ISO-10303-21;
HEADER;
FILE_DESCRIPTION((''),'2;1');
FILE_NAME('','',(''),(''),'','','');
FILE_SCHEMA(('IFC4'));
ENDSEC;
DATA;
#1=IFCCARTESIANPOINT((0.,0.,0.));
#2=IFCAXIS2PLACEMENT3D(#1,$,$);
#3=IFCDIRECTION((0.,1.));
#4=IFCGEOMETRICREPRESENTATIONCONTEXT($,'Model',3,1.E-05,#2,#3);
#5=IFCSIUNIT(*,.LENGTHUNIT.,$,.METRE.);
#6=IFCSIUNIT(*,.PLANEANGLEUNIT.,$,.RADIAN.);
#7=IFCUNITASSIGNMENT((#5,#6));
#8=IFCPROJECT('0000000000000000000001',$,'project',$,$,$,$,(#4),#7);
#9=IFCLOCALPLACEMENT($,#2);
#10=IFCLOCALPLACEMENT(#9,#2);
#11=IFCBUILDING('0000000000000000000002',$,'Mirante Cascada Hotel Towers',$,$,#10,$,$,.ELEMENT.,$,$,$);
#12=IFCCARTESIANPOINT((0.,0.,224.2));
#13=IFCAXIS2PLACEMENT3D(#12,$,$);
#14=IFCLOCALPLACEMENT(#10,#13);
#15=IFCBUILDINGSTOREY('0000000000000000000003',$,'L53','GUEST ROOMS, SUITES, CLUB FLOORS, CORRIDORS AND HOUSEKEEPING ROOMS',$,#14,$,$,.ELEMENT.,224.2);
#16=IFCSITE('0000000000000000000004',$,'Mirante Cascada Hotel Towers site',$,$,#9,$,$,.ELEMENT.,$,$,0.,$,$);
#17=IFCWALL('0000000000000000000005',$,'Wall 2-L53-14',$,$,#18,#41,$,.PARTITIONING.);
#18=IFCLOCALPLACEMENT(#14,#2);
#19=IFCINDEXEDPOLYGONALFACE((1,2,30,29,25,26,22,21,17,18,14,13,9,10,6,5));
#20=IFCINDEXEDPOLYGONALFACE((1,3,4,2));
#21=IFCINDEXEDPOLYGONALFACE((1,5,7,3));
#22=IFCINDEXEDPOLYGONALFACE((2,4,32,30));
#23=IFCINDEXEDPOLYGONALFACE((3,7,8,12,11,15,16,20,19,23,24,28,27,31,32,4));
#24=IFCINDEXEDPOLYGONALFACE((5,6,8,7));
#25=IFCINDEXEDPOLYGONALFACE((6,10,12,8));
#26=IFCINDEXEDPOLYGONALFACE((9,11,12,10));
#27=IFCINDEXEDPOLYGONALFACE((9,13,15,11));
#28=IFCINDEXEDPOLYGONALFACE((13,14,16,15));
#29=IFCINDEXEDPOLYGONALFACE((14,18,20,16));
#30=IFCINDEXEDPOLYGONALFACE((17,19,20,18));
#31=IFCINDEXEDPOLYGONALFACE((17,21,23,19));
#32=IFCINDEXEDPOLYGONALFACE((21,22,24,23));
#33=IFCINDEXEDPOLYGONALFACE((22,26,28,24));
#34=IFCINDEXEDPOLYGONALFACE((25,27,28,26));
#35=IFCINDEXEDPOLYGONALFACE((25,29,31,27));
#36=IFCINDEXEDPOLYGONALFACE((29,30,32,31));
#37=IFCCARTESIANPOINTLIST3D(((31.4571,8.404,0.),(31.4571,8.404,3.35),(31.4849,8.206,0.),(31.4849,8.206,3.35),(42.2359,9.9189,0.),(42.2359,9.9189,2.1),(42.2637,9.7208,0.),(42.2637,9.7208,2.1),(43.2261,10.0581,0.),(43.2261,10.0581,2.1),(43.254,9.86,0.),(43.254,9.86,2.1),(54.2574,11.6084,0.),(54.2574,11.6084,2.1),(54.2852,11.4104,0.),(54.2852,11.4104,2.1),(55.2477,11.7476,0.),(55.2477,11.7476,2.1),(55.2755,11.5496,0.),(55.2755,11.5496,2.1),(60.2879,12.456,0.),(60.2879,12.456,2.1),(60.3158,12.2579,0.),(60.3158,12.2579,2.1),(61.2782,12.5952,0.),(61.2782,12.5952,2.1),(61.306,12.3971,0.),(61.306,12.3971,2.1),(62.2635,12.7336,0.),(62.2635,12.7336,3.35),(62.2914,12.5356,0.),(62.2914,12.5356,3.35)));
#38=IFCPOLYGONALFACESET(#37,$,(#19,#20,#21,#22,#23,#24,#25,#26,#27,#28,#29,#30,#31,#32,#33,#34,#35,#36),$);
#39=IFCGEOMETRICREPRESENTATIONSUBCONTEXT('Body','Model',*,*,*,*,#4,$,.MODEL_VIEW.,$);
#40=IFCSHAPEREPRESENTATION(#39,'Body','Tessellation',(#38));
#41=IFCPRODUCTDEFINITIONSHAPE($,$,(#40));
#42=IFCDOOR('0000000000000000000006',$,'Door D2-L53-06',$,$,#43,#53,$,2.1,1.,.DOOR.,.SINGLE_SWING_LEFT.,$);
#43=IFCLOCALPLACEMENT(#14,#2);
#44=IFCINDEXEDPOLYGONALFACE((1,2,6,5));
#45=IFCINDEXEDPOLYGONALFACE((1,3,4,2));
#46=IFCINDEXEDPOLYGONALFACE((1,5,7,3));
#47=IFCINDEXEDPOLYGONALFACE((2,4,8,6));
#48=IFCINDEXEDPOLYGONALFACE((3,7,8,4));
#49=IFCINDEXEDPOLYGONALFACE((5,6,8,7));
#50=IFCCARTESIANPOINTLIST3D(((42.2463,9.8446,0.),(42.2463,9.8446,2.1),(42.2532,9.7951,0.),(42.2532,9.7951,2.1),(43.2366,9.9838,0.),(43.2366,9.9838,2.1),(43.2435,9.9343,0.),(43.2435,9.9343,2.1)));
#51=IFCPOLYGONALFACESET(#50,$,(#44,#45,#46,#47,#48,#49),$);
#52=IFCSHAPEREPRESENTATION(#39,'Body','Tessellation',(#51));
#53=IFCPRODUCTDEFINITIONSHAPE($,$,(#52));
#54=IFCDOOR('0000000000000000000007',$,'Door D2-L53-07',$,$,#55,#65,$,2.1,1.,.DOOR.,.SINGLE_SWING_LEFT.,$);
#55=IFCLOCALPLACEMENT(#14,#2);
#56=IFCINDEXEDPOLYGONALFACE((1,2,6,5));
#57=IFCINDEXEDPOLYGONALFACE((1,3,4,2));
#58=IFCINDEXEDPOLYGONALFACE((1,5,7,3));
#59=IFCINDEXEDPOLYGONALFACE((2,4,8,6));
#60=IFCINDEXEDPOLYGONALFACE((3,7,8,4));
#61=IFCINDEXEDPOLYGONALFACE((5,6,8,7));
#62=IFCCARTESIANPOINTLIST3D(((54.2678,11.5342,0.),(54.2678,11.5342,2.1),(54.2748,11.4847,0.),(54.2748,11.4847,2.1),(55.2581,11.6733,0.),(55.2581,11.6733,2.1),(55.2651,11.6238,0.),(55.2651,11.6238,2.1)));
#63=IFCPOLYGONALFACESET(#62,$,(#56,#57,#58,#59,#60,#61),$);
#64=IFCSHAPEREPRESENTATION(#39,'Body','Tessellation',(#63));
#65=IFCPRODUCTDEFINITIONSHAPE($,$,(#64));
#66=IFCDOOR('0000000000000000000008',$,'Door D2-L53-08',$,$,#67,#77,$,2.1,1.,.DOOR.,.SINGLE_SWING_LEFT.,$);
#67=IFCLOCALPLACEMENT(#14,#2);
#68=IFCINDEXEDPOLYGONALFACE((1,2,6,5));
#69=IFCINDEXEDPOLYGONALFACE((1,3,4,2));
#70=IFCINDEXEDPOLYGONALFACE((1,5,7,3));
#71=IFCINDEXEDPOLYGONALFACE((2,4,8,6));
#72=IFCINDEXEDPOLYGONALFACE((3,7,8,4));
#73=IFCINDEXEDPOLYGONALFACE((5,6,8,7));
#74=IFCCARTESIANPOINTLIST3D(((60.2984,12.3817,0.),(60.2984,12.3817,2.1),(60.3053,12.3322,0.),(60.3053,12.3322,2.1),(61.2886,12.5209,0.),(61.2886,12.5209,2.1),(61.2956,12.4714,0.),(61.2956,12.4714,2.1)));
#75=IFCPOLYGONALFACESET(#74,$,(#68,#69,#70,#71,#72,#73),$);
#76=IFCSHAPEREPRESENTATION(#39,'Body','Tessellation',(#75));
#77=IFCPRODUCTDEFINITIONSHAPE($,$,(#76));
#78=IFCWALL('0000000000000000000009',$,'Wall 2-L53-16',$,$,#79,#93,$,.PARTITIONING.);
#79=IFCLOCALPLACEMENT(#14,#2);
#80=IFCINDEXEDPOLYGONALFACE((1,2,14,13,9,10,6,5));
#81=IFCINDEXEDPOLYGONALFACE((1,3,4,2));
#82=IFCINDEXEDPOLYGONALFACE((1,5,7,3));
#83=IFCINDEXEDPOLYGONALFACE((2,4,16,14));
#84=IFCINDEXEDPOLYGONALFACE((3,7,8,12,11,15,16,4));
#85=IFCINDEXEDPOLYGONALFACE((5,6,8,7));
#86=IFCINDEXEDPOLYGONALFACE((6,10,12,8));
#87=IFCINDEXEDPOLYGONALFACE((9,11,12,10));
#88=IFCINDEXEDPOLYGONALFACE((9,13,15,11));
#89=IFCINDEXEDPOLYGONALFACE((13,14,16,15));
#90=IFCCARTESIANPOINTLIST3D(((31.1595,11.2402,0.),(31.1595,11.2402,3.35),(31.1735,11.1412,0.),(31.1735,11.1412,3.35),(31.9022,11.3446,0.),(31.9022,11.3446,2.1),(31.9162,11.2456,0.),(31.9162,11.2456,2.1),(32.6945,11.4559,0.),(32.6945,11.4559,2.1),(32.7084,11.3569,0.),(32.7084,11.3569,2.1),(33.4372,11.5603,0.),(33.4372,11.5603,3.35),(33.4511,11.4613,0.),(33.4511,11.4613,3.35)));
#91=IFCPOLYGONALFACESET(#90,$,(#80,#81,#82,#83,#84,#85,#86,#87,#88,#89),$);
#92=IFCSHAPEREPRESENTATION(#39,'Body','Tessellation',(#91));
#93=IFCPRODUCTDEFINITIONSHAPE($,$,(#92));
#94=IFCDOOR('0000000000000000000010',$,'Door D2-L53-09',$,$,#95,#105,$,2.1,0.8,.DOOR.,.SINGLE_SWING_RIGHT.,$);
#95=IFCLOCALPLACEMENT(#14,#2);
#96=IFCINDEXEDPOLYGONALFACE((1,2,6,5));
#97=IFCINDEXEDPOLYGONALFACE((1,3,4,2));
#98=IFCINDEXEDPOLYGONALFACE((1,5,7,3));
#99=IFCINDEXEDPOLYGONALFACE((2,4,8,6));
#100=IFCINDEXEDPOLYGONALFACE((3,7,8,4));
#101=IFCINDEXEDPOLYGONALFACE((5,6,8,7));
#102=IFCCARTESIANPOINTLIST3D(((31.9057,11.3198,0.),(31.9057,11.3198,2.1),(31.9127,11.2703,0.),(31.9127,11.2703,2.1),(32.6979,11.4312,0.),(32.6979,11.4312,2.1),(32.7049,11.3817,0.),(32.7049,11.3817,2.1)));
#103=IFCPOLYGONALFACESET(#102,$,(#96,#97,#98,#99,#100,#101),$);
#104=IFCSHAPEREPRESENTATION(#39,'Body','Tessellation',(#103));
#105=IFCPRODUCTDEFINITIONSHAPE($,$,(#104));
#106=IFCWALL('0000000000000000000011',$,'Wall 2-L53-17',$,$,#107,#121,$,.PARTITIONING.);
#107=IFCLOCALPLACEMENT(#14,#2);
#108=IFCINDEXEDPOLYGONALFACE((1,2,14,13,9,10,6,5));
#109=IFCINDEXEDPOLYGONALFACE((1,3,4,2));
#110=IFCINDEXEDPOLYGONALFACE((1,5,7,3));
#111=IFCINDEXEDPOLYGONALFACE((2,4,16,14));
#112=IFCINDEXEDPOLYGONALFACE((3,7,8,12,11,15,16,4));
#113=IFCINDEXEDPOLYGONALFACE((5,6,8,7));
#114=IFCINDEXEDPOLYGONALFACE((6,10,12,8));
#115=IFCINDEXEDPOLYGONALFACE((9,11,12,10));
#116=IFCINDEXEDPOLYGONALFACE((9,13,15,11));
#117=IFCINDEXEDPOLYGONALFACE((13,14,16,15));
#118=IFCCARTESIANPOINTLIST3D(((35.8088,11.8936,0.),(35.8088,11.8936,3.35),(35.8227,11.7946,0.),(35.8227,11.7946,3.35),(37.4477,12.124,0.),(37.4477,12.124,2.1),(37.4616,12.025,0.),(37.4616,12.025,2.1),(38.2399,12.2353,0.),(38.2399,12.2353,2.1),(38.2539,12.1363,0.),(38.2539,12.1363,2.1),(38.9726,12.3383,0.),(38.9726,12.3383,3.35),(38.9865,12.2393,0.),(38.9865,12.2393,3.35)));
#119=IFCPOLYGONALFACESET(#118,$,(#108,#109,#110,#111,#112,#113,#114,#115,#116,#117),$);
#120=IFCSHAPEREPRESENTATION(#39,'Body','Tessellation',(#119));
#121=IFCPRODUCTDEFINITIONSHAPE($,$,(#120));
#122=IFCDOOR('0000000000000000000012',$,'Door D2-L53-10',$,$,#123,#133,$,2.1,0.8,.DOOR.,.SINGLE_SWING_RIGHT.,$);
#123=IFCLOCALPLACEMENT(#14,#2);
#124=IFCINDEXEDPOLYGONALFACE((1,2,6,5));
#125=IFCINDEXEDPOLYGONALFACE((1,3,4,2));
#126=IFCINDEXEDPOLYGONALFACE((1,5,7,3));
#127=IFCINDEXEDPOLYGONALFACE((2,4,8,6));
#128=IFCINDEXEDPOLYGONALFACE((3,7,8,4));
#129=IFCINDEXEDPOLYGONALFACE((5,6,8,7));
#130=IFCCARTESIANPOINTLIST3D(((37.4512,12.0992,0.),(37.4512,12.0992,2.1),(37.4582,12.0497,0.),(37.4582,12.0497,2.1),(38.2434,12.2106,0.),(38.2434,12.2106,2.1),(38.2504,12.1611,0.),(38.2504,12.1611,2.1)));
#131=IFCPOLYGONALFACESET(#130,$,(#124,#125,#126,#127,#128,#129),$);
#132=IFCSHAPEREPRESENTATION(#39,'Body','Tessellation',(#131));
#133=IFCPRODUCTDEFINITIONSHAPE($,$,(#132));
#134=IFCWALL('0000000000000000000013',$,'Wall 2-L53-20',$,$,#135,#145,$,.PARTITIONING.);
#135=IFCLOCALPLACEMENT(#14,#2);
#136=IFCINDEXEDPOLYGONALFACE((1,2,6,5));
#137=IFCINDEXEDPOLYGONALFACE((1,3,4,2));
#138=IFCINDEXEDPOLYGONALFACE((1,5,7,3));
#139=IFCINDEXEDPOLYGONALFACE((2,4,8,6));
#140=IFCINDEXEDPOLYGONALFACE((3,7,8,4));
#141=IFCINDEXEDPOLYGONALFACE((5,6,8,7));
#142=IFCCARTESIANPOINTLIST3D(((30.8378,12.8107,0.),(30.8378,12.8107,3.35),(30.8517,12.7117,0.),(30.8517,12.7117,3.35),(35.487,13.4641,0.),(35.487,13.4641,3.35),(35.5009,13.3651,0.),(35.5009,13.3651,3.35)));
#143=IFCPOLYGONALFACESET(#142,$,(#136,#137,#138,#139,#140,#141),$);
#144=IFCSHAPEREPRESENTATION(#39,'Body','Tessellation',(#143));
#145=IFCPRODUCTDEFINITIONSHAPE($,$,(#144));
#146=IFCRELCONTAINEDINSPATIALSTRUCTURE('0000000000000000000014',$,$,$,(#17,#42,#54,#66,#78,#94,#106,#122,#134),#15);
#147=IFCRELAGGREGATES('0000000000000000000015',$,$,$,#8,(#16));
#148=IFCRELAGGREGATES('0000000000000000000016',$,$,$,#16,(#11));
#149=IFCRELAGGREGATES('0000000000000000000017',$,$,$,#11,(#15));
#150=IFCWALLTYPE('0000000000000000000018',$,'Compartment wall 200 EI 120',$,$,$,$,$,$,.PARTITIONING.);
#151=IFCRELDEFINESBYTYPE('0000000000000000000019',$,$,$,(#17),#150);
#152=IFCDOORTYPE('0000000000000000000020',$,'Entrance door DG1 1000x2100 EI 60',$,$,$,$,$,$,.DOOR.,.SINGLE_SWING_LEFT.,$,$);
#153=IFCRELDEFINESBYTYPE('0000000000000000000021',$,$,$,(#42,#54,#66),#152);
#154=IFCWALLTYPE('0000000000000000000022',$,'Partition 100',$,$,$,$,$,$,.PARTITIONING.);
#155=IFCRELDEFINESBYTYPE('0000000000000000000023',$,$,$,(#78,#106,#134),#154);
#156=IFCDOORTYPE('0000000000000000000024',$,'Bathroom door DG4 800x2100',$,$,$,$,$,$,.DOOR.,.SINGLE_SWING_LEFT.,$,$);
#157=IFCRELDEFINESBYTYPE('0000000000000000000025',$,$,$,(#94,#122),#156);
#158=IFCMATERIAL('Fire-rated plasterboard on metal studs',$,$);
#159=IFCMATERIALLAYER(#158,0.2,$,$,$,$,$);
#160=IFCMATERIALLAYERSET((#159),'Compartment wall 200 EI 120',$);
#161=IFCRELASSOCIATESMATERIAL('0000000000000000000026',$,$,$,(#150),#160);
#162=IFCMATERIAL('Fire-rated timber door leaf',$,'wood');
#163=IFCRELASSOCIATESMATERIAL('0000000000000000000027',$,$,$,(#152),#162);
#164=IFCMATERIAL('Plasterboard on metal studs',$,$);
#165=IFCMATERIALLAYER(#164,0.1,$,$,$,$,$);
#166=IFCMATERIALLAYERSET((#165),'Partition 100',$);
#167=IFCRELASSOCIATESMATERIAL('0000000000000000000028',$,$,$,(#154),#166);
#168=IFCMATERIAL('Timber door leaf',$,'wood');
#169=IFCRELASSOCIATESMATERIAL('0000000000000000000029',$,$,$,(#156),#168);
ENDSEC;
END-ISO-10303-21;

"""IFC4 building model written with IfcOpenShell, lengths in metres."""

from ifc_helpers import new_model, si_unit, direction, frame, frame_2d, origin, place, context, subcontext, project, spatial, rectangle, extrude, material, layer, layer_set, type_object, element, fill, save


model = new_model("IFC4")

# Units and contexts
model_context = context("Model", 3, precision=1e-05, world=origin(), true_north=direction((0.0, 1.0)))
body_context = subcontext(model_context, "Body", "Model", "MODEL_VIEW")
ifc_project = project(units=[si_unit("LENGTHUNIT", "METRE"), si_unit("PLANEANGLEUNIT", "RADIAN")], contexts=[model_context])

# Site, building, storey
site_placement = place(None, origin())
site = spatial("IfcSite", under=ifc_project, at=site_placement, Name="Mirante Cascada Hotel Towers site", CompositionType="ELEMENT", RefElevation=0.0)
building_placement = place(site_placement, origin())
building = spatial("IfcBuilding", under=site, at=building_placement, Name="Mirante Cascada Hotel Towers", CompositionType="ELEMENT")
storey_placement = place(building_placement, frame((0.0, 0.0, 224.2)))
storey = spatial("IfcBuildingStorey", under=building, at=storey_placement, Name="L53", Description="GUEST ROOMS, SUITES, CLUB FLOORS, CORRIDORS AND HOUSEKEEPING ROOMS", CompositionType="ELEMENT", Elevation=224.2)

# Shared definitions
ifc_material_1 = material(Name="Fire-rated plasterboard on metal studs")
ifc_layer_1 = layer(ifc_material_1, 0.2)
ifc_layer_set_1 = layer_set([ifc_layer_1], Name="Compartment wall 200 EI 120")
wall_type_1 = type_object("IfcWallType", Name="Compartment wall 200 EI 120", PredefinedType="PARTITIONING", material=ifc_layer_set_1)

# Wall, openings, doors
wall_1_placement = place(storey_placement, frame((31.471, 8.305, 0.0), z_axis=(0.0, 0.0, 1.0), x_axis=(0.990268, 0.139175, 0.0)))
wall_1 = element("IfcWall", 1, at=wall_1_placement, inside=storey, type_object=wall_type_1, Name="Wall 2-L53-14", PredefinedType="PARTITIONING", context=body_context, shape_type="SweptSolid", body=[
    extrude(rectangle(XDim=31.1092, YDim=0.2, at=frame_2d((15.5546, 0.0))), origin(), (0.0, 0.0, 1.0), 3.35),
])
opening_1_placement = place(wall_1_placement, frame((10.8847, 0.0, 0.0)))
opening_1 = element("IfcOpeningElement", 2, at=opening_1_placement, cuts=wall_1, PredefinedType="OPENING", context=body_context, shape_type="SweptSolid", body=[
    extrude(rectangle(XDim=1.0, YDim=2.1, at=frame_2d((0.5, 1.05))), frame((0.0, 0.1, 0.0), z_axis=(0.0, -1.0, 0.0), x_axis=(1.0, 0.0, 0.0)), (0.0, 0.0, 1.0), 0.2),
])
opening_2_placement = place(wall_1_placement, frame((23.0244, 0.0, 0.0)))
opening_2 = element("IfcOpeningElement", 3, at=opening_2_placement, cuts=wall_1, PredefinedType="OPENING", context=body_context, shape_type="SweptSolid", body=[
    extrude(rectangle(XDim=1.0, YDim=2.1, at=frame_2d((0.5, 1.05))), frame((0.0, 0.1, 0.0), z_axis=(0.0, -1.0, 0.0), x_axis=(1.0, 0.0, 0.0)), (0.0, 0.0, 1.0), 0.2),
])
opening_3_placement = place(wall_1_placement, frame((29.1142, 0.0, 0.0)))
opening_3 = element("IfcOpeningElement", 4, at=opening_3_placement, cuts=wall_1, PredefinedType="OPENING", context=body_context, shape_type="SweptSolid", body=[
    extrude(rectangle(XDim=1.0, YDim=2.1, at=frame_2d((0.5, 1.05))), frame((0.0, 0.1, 0.0), z_axis=(0.0, -1.0, 0.0), x_axis=(1.0, 0.0, 0.0)), (0.0, 0.0, 1.0), 0.2),
])
ifc_material_2 = material(Name="Fire-rated timber door leaf", Category="wood")
door_type_1 = type_object("IfcDoorType", Name="Entrance door DG1 1000x2100 EI 60", OperationType="SINGLE_SWING_LEFT", PredefinedType="DOOR", material=ifc_material_2)
door_1_placement = place(opening_1_placement, origin())
door_1 = element("IfcDoor", 5, at=door_1_placement, inside=storey, type_object=door_type_1, Name="Door D2-L53-06", OperationType="SINGLE_SWING_LEFT", OverallHeight=2.1, OverallWidth=1.0, PredefinedType="DOOR", context=body_context, shape_type="SweptSolid", body=[
    extrude(rectangle(XDim=1.0, YDim=2.1, at=frame_2d((0.5, 1.05))), frame((0.0, 0.025, 0.0), z_axis=(0.0, -1.0, 0.0), x_axis=(1.0, 0.0, 0.0)), (0.0, 0.0, 1.0), 0.05),
])
fill(opening_1, door_1)
door_2_placement = place(opening_2_placement, origin())
door_2 = element("IfcDoor", 6, at=door_2_placement, inside=storey, type_object=door_type_1, Name="Door D2-L53-07", OperationType="SINGLE_SWING_LEFT", OverallHeight=2.1, OverallWidth=1.0, PredefinedType="DOOR", context=body_context, shape_type="SweptSolid", body=[
    extrude(rectangle(XDim=1.0, YDim=2.1, at=frame_2d((0.5, 1.05))), frame((0.0, 0.025, 0.0), z_axis=(0.0, -1.0, 0.0), x_axis=(1.0, 0.0, 0.0)), (0.0, 0.0, 1.0), 0.05),
])
fill(opening_2, door_2)
door_3_placement = place(opening_3_placement, origin())
door_3 = element("IfcDoor", 7, at=door_3_placement, inside=storey, type_object=door_type_1, Name="Door D2-L53-08", OperationType="SINGLE_SWING_LEFT", OverallHeight=2.1, OverallWidth=1.0, PredefinedType="DOOR", context=body_context, shape_type="SweptSolid", body=[
    extrude(rectangle(XDim=1.0, YDim=2.1, at=frame_2d((0.5, 1.05))), frame((0.0, 0.025, 0.0), z_axis=(0.0, -1.0, 0.0), x_axis=(1.0, 0.0, 0.0)), (0.0, 0.0, 1.0), 0.05),
])
fill(opening_3, door_3)

# Walls, openings, doors
ifc_material_3 = material(Name="Plasterboard on metal studs")
ifc_layer_2 = layer(ifc_material_3, 0.1)
ifc_layer_set_2 = layer_set([ifc_layer_2], Name="Partition 100")
wall_type_2 = type_object("IfcWallType", Name="Partition 100", PredefinedType="PARTITIONING", material=ifc_layer_set_2)
wall_2_placement = place(storey_placement, frame((31.1665, 11.1907, 0.0), z_axis=(0.0, 0.0, 1.0), x_axis=(0.990268, 0.139175, 0.0)))
wall_2 = element("IfcWall", 8, at=wall_2_placement, inside=storey, type_object=wall_type_2, Name="Wall 2-L53-16", PredefinedType="PARTITIONING", context=body_context, shape_type="SweptSolid", body=[
    extrude(rectangle(XDim=2.3, YDim=0.1, at=frame_2d((1.15, 0.0))), origin(), (0.0, 0.0, 1.0), 3.35),
])
opening_4_placement = place(wall_2_placement, frame((0.75, 0.0, 0.0)))
opening_4 = element("IfcOpeningElement", 9, at=opening_4_placement, cuts=wall_2, PredefinedType="OPENING", context=body_context, shape_type="SweptSolid", body=[
    extrude(rectangle(XDim=0.8, YDim=2.1, at=frame_2d((0.4, 1.05))), frame((0.0, 0.05, 0.0), z_axis=(0.0, -1.0, 0.0), x_axis=(1.0, 0.0, 0.0)), (0.0, 0.0, 1.0), 0.1),
])
ifc_material_4 = material(Name="Timber door leaf", Category="wood")
door_type_2 = type_object("IfcDoorType", Name="Bathroom door DG4 800x2100", OperationType="SINGLE_SWING_LEFT", PredefinedType="DOOR", material=ifc_material_4)
door_4_placement = place(opening_4_placement, frame((0.8, 0.0, 0.0), z_axis=(0.0, 0.0, 1.0), x_axis=(-1.0, 0.0, 0.0)))
door_4 = element("IfcDoor", 10, at=door_4_placement, inside=storey, type_object=door_type_2, Name="Door D2-L53-09", OperationType="SINGLE_SWING_RIGHT", OverallHeight=2.1, OverallWidth=0.8, PredefinedType="DOOR", context=body_context, shape_type="SweptSolid", body=[
    extrude(rectangle(XDim=0.8, YDim=2.1, at=frame_2d((0.4, 1.05))), frame((0.0, 0.025, 0.0), z_axis=(0.0, -1.0, 0.0), x_axis=(1.0, 0.0, 0.0)), (0.0, 0.0, 1.0), 0.05),
])
fill(opening_4, door_4)
wall_3_placement = place(storey_placement, frame((38.9795, 12.2888, 0.0), z_axis=(0.0, 0.0, 1.0), x_axis=(-0.990266, -0.139191, 0.0)))
wall_3 = element("IfcWall", 11, at=wall_3_placement, inside=storey, type_object=wall_type_2, Name="Wall 2-L53-17", PredefinedType="PARTITIONING", context=body_context, shape_type="SweptSolid", body=[
    extrude(rectangle(XDim=3.1949, YDim=0.1, at=frame_2d((1.5974, 0.0))), origin(), (0.0, 0.0, 1.0), 3.35),
])
opening_5_placement = place(wall_3_placement, frame((0.7398, 0.0, 0.0)))
opening_5 = element("IfcOpeningElement", 12, at=opening_5_placement, cuts=wall_3, PredefinedType="OPENING", context=body_context, shape_type="SweptSolid", body=[
    extrude(rectangle(XDim=0.8, YDim=2.1, at=frame_2d((0.4, 1.05))), frame((0.0, 0.05, 0.0), z_axis=(0.0, -1.0, 0.0), x_axis=(1.0, 0.0, 0.0)), (0.0, 0.0, 1.0), 0.1),
])
door_5_placement = place(opening_5_placement, frame((0.8, 0.0, 0.0), z_axis=(0.0, 0.0, 1.0), x_axis=(-1.0, 0.0, 0.0)))
door_5 = element("IfcDoor", 13, at=door_5_placement, inside=storey, type_object=door_type_2, Name="Door D2-L53-10", OperationType="SINGLE_SWING_RIGHT", OverallHeight=2.1, OverallWidth=0.8, PredefinedType="DOOR", context=body_context, shape_type="SweptSolid", body=[
    extrude(rectangle(XDim=0.8, YDim=2.1, at=frame_2d((0.4, 1.05))), frame((0.0, 0.025, 0.0), z_axis=(0.0, -1.0, 0.0), x_axis=(1.0, 0.0, 0.0)), (0.0, 0.0, 1.0), 0.05),
])
fill(opening_5, door_5)

# Wall
wall_4_placement = place(storey_placement, frame((30.8448, 12.7612, 0.0), z_axis=(0.0, 0.0, 1.0), x_axis=(0.990268, 0.139173, 0.0)))
element("IfcWall", 14, at=wall_4_placement, inside=storey, type_object=wall_type_2, Name="Wall 2-L53-20", PredefinedType="PARTITIONING", context=body_context, shape_type="SweptSolid", body=[
    extrude(rectangle(XDim=4.6949, YDim=0.1, at=frame_2d((2.3474, 0.0))), origin(), (0.0, 0.0, 1.0), 3.35),
])

save(model, "model.ifc")
